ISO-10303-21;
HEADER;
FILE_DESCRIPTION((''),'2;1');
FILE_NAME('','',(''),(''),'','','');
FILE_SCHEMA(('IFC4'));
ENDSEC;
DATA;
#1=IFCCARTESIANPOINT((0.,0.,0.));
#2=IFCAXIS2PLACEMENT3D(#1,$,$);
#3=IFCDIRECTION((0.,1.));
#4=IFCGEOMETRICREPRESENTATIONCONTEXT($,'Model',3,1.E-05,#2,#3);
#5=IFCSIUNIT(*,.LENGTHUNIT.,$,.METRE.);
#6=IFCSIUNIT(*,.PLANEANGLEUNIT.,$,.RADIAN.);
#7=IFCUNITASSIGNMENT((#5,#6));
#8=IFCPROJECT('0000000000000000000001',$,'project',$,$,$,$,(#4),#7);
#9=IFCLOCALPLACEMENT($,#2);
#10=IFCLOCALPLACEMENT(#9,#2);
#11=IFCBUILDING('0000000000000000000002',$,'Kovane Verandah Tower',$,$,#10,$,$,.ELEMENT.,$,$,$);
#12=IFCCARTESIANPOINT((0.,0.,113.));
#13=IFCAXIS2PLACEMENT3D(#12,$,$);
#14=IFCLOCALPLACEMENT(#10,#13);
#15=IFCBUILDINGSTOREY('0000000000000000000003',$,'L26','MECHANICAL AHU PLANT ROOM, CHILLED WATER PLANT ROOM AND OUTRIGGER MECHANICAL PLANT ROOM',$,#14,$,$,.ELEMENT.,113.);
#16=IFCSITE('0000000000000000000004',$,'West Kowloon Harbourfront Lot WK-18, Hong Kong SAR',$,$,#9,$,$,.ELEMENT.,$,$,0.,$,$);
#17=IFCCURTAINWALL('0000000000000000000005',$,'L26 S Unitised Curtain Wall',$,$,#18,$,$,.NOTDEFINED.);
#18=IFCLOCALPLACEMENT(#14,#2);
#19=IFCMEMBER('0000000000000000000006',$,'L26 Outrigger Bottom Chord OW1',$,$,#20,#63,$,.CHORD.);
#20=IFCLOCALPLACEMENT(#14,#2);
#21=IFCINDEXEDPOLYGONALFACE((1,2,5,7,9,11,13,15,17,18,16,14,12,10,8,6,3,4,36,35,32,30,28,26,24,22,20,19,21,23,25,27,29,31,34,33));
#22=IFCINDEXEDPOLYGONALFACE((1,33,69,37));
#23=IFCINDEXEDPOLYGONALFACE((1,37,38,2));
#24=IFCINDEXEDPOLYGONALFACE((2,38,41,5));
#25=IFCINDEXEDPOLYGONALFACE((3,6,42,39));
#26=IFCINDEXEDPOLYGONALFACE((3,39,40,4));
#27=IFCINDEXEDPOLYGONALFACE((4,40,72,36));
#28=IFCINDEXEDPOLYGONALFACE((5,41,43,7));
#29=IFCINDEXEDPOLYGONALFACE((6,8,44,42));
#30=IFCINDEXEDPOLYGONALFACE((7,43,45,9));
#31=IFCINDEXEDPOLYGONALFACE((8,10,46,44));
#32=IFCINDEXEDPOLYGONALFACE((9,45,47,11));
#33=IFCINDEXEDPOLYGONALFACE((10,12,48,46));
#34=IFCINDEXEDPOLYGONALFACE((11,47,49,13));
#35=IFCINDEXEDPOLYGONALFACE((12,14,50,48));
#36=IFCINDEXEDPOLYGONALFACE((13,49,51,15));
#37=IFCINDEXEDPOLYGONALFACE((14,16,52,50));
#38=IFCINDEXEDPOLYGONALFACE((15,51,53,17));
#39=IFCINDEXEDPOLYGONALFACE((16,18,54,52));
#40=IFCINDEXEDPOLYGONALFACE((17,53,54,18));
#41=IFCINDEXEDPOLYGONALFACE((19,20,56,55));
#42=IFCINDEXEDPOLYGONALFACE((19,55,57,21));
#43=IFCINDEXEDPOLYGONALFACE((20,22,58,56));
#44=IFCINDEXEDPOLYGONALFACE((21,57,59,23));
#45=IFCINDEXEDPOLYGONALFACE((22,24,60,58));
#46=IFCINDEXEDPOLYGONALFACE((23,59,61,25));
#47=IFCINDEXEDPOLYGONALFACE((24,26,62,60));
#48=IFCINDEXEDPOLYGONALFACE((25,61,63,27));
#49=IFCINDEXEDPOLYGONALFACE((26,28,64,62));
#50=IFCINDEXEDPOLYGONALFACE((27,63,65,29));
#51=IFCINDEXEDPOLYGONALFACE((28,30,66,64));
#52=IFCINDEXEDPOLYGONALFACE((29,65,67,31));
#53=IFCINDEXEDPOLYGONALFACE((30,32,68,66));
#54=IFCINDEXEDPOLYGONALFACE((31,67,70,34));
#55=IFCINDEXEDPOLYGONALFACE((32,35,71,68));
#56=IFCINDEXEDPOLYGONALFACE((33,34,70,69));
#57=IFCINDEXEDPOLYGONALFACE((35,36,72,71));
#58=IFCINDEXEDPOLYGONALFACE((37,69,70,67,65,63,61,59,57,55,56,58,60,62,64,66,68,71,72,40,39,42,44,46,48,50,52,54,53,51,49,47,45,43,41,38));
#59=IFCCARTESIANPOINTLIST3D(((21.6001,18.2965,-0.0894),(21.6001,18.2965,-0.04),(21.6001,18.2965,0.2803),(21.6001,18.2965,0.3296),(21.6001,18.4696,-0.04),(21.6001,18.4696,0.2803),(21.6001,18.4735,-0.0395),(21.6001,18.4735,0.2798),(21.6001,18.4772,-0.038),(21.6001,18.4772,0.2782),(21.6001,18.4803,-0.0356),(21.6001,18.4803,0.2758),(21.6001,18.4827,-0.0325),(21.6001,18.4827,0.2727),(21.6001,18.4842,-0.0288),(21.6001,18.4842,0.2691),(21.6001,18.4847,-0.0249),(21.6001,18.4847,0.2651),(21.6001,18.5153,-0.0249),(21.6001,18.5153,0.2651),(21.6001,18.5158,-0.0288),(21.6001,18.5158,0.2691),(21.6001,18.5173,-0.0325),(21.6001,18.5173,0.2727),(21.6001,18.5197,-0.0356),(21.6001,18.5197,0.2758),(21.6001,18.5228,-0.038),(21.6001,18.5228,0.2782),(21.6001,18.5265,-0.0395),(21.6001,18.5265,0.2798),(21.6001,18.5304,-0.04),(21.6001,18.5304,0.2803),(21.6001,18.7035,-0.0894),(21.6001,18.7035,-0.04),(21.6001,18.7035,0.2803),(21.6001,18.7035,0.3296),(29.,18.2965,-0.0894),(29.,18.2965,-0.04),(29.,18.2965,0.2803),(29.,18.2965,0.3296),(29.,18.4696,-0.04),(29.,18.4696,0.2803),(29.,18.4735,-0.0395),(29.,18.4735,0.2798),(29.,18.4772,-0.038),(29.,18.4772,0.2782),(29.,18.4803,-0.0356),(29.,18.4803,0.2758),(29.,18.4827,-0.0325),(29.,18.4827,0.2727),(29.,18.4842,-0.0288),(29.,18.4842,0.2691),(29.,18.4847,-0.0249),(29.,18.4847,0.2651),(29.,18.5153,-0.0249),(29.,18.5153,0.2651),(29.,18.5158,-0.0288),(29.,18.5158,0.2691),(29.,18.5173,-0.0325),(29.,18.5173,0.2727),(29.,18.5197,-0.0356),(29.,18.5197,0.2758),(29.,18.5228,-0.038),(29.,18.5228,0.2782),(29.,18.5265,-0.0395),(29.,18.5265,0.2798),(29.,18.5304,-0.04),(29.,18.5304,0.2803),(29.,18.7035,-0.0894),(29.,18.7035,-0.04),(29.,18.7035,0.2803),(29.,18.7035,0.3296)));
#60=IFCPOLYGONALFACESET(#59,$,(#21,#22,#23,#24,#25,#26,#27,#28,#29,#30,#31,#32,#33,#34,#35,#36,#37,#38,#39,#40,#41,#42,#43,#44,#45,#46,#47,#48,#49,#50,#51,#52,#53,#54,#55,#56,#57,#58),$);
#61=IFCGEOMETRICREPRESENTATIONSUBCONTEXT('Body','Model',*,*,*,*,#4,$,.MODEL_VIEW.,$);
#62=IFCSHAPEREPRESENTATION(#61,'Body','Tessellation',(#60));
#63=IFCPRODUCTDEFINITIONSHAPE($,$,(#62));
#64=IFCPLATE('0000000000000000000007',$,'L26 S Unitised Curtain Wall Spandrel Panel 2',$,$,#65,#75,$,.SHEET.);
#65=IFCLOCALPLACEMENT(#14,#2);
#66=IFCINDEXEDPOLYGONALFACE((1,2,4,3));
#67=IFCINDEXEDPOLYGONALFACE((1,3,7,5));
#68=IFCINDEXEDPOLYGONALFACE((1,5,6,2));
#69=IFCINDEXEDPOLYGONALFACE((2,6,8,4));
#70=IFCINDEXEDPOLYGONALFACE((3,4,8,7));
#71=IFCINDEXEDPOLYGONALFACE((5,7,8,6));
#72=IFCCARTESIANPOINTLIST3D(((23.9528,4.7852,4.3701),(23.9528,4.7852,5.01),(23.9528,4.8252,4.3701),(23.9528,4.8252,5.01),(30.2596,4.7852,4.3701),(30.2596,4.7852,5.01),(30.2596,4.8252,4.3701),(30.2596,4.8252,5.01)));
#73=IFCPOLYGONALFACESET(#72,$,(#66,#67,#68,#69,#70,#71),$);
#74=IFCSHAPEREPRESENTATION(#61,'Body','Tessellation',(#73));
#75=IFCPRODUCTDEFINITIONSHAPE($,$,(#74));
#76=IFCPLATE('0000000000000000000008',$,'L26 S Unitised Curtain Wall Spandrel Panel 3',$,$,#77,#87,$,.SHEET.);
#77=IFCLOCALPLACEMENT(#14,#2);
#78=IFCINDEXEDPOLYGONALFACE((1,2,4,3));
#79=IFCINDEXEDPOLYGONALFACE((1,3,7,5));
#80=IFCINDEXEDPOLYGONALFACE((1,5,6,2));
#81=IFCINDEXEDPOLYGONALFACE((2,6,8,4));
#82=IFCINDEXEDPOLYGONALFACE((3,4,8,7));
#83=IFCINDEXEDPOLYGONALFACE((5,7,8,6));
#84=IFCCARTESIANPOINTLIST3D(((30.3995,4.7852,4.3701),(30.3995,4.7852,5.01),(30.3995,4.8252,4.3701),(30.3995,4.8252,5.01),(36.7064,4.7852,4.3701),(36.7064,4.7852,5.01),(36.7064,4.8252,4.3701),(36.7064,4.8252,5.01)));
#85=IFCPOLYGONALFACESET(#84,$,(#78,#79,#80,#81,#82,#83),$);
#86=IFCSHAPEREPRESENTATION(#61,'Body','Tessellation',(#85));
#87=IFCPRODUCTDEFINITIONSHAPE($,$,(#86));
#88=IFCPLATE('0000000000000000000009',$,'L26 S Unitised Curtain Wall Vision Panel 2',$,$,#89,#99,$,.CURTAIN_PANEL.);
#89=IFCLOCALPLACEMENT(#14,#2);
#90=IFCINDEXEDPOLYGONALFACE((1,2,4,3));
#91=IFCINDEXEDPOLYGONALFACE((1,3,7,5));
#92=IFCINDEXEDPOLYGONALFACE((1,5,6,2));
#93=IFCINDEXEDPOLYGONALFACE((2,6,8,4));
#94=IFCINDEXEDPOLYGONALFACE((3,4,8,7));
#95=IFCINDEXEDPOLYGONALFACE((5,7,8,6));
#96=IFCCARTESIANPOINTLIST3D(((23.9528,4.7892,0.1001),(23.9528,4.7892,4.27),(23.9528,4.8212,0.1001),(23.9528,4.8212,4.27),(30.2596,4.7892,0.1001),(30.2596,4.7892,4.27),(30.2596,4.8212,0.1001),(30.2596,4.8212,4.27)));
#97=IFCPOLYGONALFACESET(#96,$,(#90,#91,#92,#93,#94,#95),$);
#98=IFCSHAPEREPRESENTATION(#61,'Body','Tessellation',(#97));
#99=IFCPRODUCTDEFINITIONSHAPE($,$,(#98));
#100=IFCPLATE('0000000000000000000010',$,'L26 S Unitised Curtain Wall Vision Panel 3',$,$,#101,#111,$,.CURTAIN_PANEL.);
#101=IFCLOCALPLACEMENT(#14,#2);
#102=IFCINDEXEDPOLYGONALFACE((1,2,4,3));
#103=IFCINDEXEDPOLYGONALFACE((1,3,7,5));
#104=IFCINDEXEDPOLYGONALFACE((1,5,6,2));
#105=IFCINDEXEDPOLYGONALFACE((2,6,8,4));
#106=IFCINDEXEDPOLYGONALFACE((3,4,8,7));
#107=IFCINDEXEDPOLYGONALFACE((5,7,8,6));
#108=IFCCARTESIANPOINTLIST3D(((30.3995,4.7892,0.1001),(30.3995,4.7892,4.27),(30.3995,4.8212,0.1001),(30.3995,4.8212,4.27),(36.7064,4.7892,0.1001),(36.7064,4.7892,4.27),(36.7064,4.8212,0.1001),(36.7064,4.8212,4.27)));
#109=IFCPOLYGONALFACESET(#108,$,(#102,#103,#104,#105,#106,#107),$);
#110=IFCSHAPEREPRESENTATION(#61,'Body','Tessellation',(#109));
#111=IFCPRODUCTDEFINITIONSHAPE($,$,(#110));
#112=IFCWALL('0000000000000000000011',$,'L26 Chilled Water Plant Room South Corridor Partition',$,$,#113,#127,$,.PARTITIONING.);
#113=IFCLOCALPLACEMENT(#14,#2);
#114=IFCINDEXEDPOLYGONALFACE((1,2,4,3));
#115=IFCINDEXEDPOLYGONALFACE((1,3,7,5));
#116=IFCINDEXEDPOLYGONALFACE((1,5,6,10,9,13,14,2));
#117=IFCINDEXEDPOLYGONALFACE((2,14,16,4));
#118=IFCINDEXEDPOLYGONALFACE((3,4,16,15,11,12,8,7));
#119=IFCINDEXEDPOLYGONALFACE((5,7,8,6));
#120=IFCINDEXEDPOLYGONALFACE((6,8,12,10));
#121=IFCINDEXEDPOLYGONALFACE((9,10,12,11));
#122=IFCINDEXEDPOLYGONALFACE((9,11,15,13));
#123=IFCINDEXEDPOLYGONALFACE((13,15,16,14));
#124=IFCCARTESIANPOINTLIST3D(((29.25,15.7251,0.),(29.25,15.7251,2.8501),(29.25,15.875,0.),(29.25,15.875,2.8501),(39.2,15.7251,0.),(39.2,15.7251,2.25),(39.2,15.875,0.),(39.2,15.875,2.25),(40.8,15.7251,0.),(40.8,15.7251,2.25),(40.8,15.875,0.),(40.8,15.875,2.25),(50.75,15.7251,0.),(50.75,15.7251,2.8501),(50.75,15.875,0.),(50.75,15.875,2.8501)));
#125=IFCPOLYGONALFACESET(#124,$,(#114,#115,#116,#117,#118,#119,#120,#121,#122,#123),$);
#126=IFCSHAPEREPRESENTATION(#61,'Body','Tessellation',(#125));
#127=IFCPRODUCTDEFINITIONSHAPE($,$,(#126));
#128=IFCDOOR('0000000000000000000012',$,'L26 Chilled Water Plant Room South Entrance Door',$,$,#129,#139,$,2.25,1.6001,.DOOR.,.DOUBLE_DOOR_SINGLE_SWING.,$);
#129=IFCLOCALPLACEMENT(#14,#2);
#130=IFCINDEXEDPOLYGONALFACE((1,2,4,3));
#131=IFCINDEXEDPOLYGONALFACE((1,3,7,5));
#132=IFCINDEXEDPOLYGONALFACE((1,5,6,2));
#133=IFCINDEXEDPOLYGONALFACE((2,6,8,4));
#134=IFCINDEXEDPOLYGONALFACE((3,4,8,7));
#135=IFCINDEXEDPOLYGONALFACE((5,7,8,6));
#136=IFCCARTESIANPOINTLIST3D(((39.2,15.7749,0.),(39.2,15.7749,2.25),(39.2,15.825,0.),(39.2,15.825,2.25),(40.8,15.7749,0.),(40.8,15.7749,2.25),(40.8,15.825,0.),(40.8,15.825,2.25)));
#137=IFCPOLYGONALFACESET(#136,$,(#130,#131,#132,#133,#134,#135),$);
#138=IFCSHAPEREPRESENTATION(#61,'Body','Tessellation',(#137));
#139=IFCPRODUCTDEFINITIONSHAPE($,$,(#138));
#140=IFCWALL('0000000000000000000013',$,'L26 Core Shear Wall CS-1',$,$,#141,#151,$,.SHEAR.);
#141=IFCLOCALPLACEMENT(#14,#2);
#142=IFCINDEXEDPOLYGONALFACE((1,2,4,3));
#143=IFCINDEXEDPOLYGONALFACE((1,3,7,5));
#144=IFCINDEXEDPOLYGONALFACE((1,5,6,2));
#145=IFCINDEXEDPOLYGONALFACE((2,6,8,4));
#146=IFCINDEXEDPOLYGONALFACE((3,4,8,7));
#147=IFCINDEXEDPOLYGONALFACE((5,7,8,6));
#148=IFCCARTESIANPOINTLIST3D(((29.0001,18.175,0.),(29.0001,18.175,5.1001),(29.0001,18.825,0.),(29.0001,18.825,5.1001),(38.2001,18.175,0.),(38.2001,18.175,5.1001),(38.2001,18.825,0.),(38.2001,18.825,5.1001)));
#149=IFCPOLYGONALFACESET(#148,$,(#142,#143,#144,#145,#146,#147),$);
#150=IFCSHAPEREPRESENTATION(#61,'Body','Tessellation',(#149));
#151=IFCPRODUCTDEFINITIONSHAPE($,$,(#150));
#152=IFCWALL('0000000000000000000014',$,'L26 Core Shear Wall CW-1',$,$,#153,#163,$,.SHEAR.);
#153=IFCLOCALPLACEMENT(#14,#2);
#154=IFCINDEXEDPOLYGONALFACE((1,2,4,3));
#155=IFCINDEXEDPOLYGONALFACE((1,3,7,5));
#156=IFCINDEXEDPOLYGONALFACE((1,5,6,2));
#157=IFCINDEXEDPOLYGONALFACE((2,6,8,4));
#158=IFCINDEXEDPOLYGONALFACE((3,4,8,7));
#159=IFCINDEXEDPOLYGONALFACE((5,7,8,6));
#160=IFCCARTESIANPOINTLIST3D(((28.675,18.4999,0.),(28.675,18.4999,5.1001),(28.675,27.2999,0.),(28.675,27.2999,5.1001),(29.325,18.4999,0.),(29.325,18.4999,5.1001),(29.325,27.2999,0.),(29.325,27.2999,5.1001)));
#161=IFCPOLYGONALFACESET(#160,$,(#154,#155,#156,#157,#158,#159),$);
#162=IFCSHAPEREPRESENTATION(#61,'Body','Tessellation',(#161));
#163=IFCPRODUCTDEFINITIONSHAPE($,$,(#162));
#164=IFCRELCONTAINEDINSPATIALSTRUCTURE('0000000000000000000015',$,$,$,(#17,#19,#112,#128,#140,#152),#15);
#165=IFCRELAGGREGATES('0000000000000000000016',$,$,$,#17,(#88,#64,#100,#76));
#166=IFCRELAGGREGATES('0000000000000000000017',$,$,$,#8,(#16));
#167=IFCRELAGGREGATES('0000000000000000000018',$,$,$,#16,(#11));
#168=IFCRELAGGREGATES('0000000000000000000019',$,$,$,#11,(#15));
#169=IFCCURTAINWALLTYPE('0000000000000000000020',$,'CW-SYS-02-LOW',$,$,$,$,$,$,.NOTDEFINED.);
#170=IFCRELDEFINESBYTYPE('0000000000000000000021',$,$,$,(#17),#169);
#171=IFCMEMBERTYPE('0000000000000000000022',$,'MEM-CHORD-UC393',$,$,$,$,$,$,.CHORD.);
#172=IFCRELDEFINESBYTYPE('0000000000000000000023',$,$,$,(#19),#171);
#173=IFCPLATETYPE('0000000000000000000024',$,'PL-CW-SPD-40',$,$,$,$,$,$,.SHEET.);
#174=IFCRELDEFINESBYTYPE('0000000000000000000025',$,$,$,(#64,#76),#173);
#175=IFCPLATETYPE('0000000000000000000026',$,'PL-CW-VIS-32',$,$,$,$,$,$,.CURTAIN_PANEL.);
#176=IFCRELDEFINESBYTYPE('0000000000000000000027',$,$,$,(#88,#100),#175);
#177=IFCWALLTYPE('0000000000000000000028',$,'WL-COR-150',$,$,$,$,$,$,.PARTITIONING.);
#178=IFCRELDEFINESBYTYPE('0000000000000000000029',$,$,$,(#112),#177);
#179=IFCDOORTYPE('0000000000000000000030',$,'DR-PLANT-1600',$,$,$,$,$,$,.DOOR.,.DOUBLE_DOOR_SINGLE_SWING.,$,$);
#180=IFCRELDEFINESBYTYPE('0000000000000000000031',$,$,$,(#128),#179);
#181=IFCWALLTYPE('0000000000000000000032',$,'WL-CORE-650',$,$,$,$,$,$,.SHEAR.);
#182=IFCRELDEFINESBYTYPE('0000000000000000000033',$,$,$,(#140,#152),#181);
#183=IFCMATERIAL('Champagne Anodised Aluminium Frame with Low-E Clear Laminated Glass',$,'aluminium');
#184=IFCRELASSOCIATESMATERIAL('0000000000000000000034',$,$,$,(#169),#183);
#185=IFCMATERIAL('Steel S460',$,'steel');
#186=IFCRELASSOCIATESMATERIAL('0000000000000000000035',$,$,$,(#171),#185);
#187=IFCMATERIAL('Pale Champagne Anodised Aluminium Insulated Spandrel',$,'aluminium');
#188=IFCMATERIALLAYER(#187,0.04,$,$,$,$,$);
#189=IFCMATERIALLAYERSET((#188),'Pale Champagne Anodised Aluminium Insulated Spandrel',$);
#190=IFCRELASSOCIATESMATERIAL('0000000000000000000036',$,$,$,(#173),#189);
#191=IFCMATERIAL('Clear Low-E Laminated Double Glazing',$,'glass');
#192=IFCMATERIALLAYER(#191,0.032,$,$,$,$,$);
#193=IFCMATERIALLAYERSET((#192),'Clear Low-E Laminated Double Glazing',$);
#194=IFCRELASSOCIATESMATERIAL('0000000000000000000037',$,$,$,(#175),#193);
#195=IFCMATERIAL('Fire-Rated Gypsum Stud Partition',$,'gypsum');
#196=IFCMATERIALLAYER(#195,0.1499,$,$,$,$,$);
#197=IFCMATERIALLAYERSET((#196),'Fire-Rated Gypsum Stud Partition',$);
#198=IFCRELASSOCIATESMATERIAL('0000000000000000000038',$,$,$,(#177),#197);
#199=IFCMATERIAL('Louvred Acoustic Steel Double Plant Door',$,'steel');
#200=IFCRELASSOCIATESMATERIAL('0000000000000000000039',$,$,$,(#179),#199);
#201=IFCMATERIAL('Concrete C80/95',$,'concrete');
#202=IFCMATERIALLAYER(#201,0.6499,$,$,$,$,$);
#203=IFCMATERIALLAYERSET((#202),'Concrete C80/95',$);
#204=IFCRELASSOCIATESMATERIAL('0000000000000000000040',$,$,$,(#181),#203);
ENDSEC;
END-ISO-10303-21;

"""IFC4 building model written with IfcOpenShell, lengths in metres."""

from ifc_helpers import new_model, si_unit, direction, frame, frame_2d, origin, origin_2d, place, context, subcontext, project, spatial, rectangle, i_section, extrude, material, layer, layer_set, material_profile, profile_set, type_object, element, fill, aggregate, save


model = new_model("IFC4")

# Units and contexts
model_context = context("Model", 3, precision=1e-05, world=origin(), true_north=direction((0.0, 1.0)))
body_context = subcontext(model_context, "Body", "Model", "MODEL_VIEW")
ifc_project = project(units=[si_unit("LENGTHUNIT", "METRE"), si_unit("PLANEANGLEUNIT", "RADIAN")], contexts=[model_context])

# Site, building, storey
site_placement = place(None, origin())
site = spatial("IfcSite", under=ifc_project, at=site_placement, Name="West Kowloon Harbourfront Lot WK-18, Hong Kong SAR", CompositionType="ELEMENT", RefElevation=0.0)
building_placement = place(site_placement, origin())
building = spatial("IfcBuilding", under=site, at=building_placement, Name="Kovane Verandah Tower", CompositionType="ELEMENT")
storey_placement = place(building_placement, frame((0.0, 0.0, 113.0)))
storey = spatial("IfcBuildingStorey", under=building, at=storey_placement, Name="L26", Description="MECHANICAL AHU PLANT ROOM, CHILLED WATER PLANT ROOM AND OUTRIGGER MECHANICAL PLANT ROOM", CompositionType="ELEMENT", Elevation=113.0)

# Shared definitions
ifc_material_1 = material(Name="Concrete C80/95", Category="concrete")
ifc_material_2 = material(Name="Steel S460", Category="steel")

# Curtain wall
ifc_material_3 = material(Name="Champagne Anodised Aluminium Frame with Low-E Clear Laminated Glass", Category="aluminium")
curtain_wall_type = type_object("IfcCurtainWallType", Name="CW-SYS-02-LOW", PredefinedType="NOTDEFINED", material=ifc_material_3)
curtain_wall_placement = place(storey_placement, origin())
curtain_wall = element("IfcCurtainWall", 1, at=curtain_wall_placement, inside=storey, type_object=curtain_wall_type, Name="L26 S Unitised Curtain Wall", PredefinedType="NOTDEFINED")

# Member
ifc_material_profile_1 = material_profile(ifc_material_2, i_section(OverallWidth=0.407, OverallDepth=0.4189, WebThickness=0.0305, FlangeThickness=0.0493, FilletRadius=0.0151, at=origin_2d()), Name="UC356x406x393")
ifc_profile_set_1 = profile_set([ifc_material_profile_1], Name="Steel S460")
member_type_1 = type_object("IfcMemberType", Name="MEM-CHORD-UC393", PredefinedType="CHORD", material=ifc_profile_set_1)
member_1_placement = place(storey_placement, frame((29.0, 18.5, 0.1201), z_axis=(-1.0, 0.0, 0.0), x_axis=(0.0, -1.0, 0.0)))
element("IfcMember", 2, at=member_1_placement, inside=storey, type_object=member_type_1, Name="L26 Outrigger Bottom Chord OW1", PredefinedType="CHORD", context=body_context, shape_type="SweptSolid", body=[
    extrude(i_section(OverallWidth=0.407, OverallDepth=0.4189, WebThickness=0.0305, FlangeThickness=0.0493, FilletRadius=0.0151, at=origin_2d()), origin(), (0.0, 0.0, 1.0), 7.3999),
])

# Plates
ifc_material_4 = material(Name="Pale Champagne Anodised Aluminium Insulated Spandrel", Category="aluminium")
ifc_layer_1 = layer(ifc_material_4, 0.04)
ifc_layer_set_1 = layer_set([ifc_layer_1], Name="Pale Champagne Anodised Aluminium Insulated Spandrel")
plate_type_1 = type_object("IfcPlateType", Name="PL-CW-SPD-40", PredefinedType="SHEET", material=ifc_layer_set_1)
plate_1_placement = place(storey_placement, frame((27.1062, 4.8052, 4.3701), z_axis=(0.0, 0.0, 1.0), x_axis=(1.0, 0.0, 0.0)))
plate_1 = element("IfcPlate", 3, at=plate_1_placement, type_object=plate_type_1, Name="L26 S Unitised Curtain Wall Spandrel Panel 2", PredefinedType="SHEET", context=body_context, shape_type="SweptSolid", body=[
    extrude(rectangle(XDim=6.3069, YDim=0.04, at=origin_2d()), origin(), (0.0, 0.0, 1.0), 0.6399),
])
plate_2_placement = place(storey_placement, frame((33.553, 4.8052, 4.3701), z_axis=(0.0, 0.0, 1.0), x_axis=(1.0, 0.0, 0.0)))
plate_2 = element("IfcPlate", 4, at=plate_2_placement, type_object=plate_type_1, Name="L26 S Unitised Curtain Wall Spandrel Panel 3", PredefinedType="SHEET", context=body_context, shape_type="SweptSolid", body=[
    extrude(rectangle(XDim=6.3069, YDim=0.04, at=origin_2d()), origin(), (0.0, 0.0, 1.0), 0.6399),
])
ifc_material_5 = material(Name="Clear Low-E Laminated Double Glazing", Category="glass")
ifc_layer_2 = layer(ifc_material_5, 0.032)
ifc_layer_set_2 = layer_set([ifc_layer_2], Name="Clear Low-E Laminated Double Glazing")
plate_type_2 = type_object("IfcPlateType", Name="PL-CW-VIS-32", PredefinedType="CURTAIN_PANEL", material=ifc_layer_set_2)
plate_3_placement = place(storey_placement, frame((27.1062, 4.8052, 0.1001), z_axis=(0.0, 0.0, 1.0), x_axis=(1.0, 0.0, 0.0)))
plate_3 = element("IfcPlate", 5, at=plate_3_placement, type_object=plate_type_2, Name="L26 S Unitised Curtain Wall Vision Panel 2", PredefinedType="CURTAIN_PANEL", context=body_context, shape_type="SweptSolid", body=[
    extrude(rectangle(XDim=6.3069, YDim=0.032, at=origin_2d()), origin(), (0.0, 0.0, 1.0), 4.1699),
])
plate_4_placement = place(storey_placement, frame((33.553, 4.8052, 0.1001), z_axis=(0.0, 0.0, 1.0), x_axis=(1.0, 0.0, 0.0)))
plate_4 = element("IfcPlate", 6, at=plate_4_placement, type_object=plate_type_2, Name="L26 S Unitised Curtain Wall Vision Panel 3", PredefinedType="CURTAIN_PANEL", context=body_context, shape_type="SweptSolid", body=[
    extrude(rectangle(XDim=6.3069, YDim=0.032, at=origin_2d()), origin(), (0.0, 0.0, 1.0), 4.1699),
])
aggregate(curtain_wall, [plate_3, plate_1, plate_4, plate_2])

# Wall, opening, door
ifc_material_6 = material(Name="Fire-Rated Gypsum Stud Partition", Category="gypsum")
ifc_layer_3 = layer(ifc_material_6, 0.1499)
ifc_layer_set_3 = layer_set([ifc_layer_3], Name="Fire-Rated Gypsum Stud Partition")
wall_type_1 = type_object("IfcWallType", Name="WL-COR-150", PredefinedType="PARTITIONING", material=ifc_layer_set_3)
wall_1_placement = place(storey_placement, frame((29.25, 15.8, 0.0), z_axis=(0.0, 0.0, 1.0), x_axis=(1.0, 0.0, 0.0)))
wall_1 = element("IfcWall", 7, at=wall_1_placement, inside=storey, type_object=wall_type_1, Name="L26 Chilled Water Plant Room South Corridor Partition", PredefinedType="PARTITIONING", context=body_context, shape_type="SweptSolid", body=[
    extrude(rectangle(XDim=21.5, YDim=0.1499, at=frame_2d((10.75, 0.0))), origin(), (0.0, 0.0, 1.0), 2.8501),
])
opening_placement = place(wall_1_placement, frame((9.95, 0.0, 0.0)))
opening = element("IfcOpeningElement", 8, at=opening_placement, cuts=wall_1, PredefinedType="OPENING", context=body_context, shape_type="SweptSolid", body=[
    extrude(rectangle(XDim=1.6001, YDim=2.25, at=frame_2d((0.8, 1.125))), frame((0.0, 0.075, 0.0), z_axis=(0.0, -1.0, 0.0), x_axis=(1.0, 0.0, 0.0)), (0.0, 0.0, 1.0), 0.1499),
])
ifc_material_7 = material(Name="Louvred Acoustic Steel Double Plant Door", Category="steel")
door_type = type_object("IfcDoorType", Name="DR-PLANT-1600", OperationType="DOUBLE_DOOR_SINGLE_SWING", PredefinedType="DOOR", material=ifc_material_7)
door_placement = place(opening_placement, origin())
door = element("IfcDoor", 9, at=door_placement, inside=storey, type_object=door_type, Name="L26 Chilled Water Plant Room South Entrance Door", OperationType="DOUBLE_DOOR_SINGLE_SWING", OverallHeight=2.25, OverallWidth=1.6001, PredefinedType="DOOR", context=body_context, shape_type="SweptSolid", body=[
    extrude(rectangle(XDim=1.6001, YDim=2.25, at=frame_2d((0.8, 1.125))), frame((0.0, 0.0249, 0.0), z_axis=(0.0, -1.0, 0.0), x_axis=(1.0, 0.0, 0.0)), (0.0, 0.0, 1.0), 0.05),
])
fill(opening, door)

# Walls
ifc_layer_4 = layer(ifc_material_1, 0.6499)
ifc_layer_set_4 = layer_set([ifc_layer_4], Name="Concrete C80/95")
wall_type_2 = type_object("IfcWallType", Name="WL-CORE-650", PredefinedType="SHEAR", material=ifc_layer_set_4)
wall_2_placement = place(storey_placement, frame((29.0, 18.5, 0.0), z_axis=(0.0, 0.0, 1.0), x_axis=(1.0, 0.0, 0.0)))
element("IfcWall", 10, at=wall_2_placement, inside=storey, type_object=wall_type_2, Name="L26 Core Shear Wall CS-1", PredefinedType="SHEAR", context=body_context, shape_type="SweptSolid", body=[
    extrude(rectangle(XDim=9.2, YDim=0.6499, at=frame_2d((4.6001, 0.0))), origin(), (0.0, 0.0, 1.0), 5.1001),
])
wall_3_placement = place(storey_placement, frame((29.0, 18.5, 0.0), z_axis=(0.0, 0.0, 1.0), x_axis=(0.0, 1.0, 0.0)))
element("IfcWall", 11, at=wall_3_placement, inside=storey, type_object=wall_type_2, Name="L26 Core Shear Wall CW-1", PredefinedType="SHEAR", context=body_context, shape_type="SweptSolid", body=[
    extrude(rectangle(XDim=8.8, YDim=0.6499, at=frame_2d((4.3999, 0.0))), origin(), (0.0, 0.0, 1.0), 5.1001),
])

save(model, "model.ifc")
